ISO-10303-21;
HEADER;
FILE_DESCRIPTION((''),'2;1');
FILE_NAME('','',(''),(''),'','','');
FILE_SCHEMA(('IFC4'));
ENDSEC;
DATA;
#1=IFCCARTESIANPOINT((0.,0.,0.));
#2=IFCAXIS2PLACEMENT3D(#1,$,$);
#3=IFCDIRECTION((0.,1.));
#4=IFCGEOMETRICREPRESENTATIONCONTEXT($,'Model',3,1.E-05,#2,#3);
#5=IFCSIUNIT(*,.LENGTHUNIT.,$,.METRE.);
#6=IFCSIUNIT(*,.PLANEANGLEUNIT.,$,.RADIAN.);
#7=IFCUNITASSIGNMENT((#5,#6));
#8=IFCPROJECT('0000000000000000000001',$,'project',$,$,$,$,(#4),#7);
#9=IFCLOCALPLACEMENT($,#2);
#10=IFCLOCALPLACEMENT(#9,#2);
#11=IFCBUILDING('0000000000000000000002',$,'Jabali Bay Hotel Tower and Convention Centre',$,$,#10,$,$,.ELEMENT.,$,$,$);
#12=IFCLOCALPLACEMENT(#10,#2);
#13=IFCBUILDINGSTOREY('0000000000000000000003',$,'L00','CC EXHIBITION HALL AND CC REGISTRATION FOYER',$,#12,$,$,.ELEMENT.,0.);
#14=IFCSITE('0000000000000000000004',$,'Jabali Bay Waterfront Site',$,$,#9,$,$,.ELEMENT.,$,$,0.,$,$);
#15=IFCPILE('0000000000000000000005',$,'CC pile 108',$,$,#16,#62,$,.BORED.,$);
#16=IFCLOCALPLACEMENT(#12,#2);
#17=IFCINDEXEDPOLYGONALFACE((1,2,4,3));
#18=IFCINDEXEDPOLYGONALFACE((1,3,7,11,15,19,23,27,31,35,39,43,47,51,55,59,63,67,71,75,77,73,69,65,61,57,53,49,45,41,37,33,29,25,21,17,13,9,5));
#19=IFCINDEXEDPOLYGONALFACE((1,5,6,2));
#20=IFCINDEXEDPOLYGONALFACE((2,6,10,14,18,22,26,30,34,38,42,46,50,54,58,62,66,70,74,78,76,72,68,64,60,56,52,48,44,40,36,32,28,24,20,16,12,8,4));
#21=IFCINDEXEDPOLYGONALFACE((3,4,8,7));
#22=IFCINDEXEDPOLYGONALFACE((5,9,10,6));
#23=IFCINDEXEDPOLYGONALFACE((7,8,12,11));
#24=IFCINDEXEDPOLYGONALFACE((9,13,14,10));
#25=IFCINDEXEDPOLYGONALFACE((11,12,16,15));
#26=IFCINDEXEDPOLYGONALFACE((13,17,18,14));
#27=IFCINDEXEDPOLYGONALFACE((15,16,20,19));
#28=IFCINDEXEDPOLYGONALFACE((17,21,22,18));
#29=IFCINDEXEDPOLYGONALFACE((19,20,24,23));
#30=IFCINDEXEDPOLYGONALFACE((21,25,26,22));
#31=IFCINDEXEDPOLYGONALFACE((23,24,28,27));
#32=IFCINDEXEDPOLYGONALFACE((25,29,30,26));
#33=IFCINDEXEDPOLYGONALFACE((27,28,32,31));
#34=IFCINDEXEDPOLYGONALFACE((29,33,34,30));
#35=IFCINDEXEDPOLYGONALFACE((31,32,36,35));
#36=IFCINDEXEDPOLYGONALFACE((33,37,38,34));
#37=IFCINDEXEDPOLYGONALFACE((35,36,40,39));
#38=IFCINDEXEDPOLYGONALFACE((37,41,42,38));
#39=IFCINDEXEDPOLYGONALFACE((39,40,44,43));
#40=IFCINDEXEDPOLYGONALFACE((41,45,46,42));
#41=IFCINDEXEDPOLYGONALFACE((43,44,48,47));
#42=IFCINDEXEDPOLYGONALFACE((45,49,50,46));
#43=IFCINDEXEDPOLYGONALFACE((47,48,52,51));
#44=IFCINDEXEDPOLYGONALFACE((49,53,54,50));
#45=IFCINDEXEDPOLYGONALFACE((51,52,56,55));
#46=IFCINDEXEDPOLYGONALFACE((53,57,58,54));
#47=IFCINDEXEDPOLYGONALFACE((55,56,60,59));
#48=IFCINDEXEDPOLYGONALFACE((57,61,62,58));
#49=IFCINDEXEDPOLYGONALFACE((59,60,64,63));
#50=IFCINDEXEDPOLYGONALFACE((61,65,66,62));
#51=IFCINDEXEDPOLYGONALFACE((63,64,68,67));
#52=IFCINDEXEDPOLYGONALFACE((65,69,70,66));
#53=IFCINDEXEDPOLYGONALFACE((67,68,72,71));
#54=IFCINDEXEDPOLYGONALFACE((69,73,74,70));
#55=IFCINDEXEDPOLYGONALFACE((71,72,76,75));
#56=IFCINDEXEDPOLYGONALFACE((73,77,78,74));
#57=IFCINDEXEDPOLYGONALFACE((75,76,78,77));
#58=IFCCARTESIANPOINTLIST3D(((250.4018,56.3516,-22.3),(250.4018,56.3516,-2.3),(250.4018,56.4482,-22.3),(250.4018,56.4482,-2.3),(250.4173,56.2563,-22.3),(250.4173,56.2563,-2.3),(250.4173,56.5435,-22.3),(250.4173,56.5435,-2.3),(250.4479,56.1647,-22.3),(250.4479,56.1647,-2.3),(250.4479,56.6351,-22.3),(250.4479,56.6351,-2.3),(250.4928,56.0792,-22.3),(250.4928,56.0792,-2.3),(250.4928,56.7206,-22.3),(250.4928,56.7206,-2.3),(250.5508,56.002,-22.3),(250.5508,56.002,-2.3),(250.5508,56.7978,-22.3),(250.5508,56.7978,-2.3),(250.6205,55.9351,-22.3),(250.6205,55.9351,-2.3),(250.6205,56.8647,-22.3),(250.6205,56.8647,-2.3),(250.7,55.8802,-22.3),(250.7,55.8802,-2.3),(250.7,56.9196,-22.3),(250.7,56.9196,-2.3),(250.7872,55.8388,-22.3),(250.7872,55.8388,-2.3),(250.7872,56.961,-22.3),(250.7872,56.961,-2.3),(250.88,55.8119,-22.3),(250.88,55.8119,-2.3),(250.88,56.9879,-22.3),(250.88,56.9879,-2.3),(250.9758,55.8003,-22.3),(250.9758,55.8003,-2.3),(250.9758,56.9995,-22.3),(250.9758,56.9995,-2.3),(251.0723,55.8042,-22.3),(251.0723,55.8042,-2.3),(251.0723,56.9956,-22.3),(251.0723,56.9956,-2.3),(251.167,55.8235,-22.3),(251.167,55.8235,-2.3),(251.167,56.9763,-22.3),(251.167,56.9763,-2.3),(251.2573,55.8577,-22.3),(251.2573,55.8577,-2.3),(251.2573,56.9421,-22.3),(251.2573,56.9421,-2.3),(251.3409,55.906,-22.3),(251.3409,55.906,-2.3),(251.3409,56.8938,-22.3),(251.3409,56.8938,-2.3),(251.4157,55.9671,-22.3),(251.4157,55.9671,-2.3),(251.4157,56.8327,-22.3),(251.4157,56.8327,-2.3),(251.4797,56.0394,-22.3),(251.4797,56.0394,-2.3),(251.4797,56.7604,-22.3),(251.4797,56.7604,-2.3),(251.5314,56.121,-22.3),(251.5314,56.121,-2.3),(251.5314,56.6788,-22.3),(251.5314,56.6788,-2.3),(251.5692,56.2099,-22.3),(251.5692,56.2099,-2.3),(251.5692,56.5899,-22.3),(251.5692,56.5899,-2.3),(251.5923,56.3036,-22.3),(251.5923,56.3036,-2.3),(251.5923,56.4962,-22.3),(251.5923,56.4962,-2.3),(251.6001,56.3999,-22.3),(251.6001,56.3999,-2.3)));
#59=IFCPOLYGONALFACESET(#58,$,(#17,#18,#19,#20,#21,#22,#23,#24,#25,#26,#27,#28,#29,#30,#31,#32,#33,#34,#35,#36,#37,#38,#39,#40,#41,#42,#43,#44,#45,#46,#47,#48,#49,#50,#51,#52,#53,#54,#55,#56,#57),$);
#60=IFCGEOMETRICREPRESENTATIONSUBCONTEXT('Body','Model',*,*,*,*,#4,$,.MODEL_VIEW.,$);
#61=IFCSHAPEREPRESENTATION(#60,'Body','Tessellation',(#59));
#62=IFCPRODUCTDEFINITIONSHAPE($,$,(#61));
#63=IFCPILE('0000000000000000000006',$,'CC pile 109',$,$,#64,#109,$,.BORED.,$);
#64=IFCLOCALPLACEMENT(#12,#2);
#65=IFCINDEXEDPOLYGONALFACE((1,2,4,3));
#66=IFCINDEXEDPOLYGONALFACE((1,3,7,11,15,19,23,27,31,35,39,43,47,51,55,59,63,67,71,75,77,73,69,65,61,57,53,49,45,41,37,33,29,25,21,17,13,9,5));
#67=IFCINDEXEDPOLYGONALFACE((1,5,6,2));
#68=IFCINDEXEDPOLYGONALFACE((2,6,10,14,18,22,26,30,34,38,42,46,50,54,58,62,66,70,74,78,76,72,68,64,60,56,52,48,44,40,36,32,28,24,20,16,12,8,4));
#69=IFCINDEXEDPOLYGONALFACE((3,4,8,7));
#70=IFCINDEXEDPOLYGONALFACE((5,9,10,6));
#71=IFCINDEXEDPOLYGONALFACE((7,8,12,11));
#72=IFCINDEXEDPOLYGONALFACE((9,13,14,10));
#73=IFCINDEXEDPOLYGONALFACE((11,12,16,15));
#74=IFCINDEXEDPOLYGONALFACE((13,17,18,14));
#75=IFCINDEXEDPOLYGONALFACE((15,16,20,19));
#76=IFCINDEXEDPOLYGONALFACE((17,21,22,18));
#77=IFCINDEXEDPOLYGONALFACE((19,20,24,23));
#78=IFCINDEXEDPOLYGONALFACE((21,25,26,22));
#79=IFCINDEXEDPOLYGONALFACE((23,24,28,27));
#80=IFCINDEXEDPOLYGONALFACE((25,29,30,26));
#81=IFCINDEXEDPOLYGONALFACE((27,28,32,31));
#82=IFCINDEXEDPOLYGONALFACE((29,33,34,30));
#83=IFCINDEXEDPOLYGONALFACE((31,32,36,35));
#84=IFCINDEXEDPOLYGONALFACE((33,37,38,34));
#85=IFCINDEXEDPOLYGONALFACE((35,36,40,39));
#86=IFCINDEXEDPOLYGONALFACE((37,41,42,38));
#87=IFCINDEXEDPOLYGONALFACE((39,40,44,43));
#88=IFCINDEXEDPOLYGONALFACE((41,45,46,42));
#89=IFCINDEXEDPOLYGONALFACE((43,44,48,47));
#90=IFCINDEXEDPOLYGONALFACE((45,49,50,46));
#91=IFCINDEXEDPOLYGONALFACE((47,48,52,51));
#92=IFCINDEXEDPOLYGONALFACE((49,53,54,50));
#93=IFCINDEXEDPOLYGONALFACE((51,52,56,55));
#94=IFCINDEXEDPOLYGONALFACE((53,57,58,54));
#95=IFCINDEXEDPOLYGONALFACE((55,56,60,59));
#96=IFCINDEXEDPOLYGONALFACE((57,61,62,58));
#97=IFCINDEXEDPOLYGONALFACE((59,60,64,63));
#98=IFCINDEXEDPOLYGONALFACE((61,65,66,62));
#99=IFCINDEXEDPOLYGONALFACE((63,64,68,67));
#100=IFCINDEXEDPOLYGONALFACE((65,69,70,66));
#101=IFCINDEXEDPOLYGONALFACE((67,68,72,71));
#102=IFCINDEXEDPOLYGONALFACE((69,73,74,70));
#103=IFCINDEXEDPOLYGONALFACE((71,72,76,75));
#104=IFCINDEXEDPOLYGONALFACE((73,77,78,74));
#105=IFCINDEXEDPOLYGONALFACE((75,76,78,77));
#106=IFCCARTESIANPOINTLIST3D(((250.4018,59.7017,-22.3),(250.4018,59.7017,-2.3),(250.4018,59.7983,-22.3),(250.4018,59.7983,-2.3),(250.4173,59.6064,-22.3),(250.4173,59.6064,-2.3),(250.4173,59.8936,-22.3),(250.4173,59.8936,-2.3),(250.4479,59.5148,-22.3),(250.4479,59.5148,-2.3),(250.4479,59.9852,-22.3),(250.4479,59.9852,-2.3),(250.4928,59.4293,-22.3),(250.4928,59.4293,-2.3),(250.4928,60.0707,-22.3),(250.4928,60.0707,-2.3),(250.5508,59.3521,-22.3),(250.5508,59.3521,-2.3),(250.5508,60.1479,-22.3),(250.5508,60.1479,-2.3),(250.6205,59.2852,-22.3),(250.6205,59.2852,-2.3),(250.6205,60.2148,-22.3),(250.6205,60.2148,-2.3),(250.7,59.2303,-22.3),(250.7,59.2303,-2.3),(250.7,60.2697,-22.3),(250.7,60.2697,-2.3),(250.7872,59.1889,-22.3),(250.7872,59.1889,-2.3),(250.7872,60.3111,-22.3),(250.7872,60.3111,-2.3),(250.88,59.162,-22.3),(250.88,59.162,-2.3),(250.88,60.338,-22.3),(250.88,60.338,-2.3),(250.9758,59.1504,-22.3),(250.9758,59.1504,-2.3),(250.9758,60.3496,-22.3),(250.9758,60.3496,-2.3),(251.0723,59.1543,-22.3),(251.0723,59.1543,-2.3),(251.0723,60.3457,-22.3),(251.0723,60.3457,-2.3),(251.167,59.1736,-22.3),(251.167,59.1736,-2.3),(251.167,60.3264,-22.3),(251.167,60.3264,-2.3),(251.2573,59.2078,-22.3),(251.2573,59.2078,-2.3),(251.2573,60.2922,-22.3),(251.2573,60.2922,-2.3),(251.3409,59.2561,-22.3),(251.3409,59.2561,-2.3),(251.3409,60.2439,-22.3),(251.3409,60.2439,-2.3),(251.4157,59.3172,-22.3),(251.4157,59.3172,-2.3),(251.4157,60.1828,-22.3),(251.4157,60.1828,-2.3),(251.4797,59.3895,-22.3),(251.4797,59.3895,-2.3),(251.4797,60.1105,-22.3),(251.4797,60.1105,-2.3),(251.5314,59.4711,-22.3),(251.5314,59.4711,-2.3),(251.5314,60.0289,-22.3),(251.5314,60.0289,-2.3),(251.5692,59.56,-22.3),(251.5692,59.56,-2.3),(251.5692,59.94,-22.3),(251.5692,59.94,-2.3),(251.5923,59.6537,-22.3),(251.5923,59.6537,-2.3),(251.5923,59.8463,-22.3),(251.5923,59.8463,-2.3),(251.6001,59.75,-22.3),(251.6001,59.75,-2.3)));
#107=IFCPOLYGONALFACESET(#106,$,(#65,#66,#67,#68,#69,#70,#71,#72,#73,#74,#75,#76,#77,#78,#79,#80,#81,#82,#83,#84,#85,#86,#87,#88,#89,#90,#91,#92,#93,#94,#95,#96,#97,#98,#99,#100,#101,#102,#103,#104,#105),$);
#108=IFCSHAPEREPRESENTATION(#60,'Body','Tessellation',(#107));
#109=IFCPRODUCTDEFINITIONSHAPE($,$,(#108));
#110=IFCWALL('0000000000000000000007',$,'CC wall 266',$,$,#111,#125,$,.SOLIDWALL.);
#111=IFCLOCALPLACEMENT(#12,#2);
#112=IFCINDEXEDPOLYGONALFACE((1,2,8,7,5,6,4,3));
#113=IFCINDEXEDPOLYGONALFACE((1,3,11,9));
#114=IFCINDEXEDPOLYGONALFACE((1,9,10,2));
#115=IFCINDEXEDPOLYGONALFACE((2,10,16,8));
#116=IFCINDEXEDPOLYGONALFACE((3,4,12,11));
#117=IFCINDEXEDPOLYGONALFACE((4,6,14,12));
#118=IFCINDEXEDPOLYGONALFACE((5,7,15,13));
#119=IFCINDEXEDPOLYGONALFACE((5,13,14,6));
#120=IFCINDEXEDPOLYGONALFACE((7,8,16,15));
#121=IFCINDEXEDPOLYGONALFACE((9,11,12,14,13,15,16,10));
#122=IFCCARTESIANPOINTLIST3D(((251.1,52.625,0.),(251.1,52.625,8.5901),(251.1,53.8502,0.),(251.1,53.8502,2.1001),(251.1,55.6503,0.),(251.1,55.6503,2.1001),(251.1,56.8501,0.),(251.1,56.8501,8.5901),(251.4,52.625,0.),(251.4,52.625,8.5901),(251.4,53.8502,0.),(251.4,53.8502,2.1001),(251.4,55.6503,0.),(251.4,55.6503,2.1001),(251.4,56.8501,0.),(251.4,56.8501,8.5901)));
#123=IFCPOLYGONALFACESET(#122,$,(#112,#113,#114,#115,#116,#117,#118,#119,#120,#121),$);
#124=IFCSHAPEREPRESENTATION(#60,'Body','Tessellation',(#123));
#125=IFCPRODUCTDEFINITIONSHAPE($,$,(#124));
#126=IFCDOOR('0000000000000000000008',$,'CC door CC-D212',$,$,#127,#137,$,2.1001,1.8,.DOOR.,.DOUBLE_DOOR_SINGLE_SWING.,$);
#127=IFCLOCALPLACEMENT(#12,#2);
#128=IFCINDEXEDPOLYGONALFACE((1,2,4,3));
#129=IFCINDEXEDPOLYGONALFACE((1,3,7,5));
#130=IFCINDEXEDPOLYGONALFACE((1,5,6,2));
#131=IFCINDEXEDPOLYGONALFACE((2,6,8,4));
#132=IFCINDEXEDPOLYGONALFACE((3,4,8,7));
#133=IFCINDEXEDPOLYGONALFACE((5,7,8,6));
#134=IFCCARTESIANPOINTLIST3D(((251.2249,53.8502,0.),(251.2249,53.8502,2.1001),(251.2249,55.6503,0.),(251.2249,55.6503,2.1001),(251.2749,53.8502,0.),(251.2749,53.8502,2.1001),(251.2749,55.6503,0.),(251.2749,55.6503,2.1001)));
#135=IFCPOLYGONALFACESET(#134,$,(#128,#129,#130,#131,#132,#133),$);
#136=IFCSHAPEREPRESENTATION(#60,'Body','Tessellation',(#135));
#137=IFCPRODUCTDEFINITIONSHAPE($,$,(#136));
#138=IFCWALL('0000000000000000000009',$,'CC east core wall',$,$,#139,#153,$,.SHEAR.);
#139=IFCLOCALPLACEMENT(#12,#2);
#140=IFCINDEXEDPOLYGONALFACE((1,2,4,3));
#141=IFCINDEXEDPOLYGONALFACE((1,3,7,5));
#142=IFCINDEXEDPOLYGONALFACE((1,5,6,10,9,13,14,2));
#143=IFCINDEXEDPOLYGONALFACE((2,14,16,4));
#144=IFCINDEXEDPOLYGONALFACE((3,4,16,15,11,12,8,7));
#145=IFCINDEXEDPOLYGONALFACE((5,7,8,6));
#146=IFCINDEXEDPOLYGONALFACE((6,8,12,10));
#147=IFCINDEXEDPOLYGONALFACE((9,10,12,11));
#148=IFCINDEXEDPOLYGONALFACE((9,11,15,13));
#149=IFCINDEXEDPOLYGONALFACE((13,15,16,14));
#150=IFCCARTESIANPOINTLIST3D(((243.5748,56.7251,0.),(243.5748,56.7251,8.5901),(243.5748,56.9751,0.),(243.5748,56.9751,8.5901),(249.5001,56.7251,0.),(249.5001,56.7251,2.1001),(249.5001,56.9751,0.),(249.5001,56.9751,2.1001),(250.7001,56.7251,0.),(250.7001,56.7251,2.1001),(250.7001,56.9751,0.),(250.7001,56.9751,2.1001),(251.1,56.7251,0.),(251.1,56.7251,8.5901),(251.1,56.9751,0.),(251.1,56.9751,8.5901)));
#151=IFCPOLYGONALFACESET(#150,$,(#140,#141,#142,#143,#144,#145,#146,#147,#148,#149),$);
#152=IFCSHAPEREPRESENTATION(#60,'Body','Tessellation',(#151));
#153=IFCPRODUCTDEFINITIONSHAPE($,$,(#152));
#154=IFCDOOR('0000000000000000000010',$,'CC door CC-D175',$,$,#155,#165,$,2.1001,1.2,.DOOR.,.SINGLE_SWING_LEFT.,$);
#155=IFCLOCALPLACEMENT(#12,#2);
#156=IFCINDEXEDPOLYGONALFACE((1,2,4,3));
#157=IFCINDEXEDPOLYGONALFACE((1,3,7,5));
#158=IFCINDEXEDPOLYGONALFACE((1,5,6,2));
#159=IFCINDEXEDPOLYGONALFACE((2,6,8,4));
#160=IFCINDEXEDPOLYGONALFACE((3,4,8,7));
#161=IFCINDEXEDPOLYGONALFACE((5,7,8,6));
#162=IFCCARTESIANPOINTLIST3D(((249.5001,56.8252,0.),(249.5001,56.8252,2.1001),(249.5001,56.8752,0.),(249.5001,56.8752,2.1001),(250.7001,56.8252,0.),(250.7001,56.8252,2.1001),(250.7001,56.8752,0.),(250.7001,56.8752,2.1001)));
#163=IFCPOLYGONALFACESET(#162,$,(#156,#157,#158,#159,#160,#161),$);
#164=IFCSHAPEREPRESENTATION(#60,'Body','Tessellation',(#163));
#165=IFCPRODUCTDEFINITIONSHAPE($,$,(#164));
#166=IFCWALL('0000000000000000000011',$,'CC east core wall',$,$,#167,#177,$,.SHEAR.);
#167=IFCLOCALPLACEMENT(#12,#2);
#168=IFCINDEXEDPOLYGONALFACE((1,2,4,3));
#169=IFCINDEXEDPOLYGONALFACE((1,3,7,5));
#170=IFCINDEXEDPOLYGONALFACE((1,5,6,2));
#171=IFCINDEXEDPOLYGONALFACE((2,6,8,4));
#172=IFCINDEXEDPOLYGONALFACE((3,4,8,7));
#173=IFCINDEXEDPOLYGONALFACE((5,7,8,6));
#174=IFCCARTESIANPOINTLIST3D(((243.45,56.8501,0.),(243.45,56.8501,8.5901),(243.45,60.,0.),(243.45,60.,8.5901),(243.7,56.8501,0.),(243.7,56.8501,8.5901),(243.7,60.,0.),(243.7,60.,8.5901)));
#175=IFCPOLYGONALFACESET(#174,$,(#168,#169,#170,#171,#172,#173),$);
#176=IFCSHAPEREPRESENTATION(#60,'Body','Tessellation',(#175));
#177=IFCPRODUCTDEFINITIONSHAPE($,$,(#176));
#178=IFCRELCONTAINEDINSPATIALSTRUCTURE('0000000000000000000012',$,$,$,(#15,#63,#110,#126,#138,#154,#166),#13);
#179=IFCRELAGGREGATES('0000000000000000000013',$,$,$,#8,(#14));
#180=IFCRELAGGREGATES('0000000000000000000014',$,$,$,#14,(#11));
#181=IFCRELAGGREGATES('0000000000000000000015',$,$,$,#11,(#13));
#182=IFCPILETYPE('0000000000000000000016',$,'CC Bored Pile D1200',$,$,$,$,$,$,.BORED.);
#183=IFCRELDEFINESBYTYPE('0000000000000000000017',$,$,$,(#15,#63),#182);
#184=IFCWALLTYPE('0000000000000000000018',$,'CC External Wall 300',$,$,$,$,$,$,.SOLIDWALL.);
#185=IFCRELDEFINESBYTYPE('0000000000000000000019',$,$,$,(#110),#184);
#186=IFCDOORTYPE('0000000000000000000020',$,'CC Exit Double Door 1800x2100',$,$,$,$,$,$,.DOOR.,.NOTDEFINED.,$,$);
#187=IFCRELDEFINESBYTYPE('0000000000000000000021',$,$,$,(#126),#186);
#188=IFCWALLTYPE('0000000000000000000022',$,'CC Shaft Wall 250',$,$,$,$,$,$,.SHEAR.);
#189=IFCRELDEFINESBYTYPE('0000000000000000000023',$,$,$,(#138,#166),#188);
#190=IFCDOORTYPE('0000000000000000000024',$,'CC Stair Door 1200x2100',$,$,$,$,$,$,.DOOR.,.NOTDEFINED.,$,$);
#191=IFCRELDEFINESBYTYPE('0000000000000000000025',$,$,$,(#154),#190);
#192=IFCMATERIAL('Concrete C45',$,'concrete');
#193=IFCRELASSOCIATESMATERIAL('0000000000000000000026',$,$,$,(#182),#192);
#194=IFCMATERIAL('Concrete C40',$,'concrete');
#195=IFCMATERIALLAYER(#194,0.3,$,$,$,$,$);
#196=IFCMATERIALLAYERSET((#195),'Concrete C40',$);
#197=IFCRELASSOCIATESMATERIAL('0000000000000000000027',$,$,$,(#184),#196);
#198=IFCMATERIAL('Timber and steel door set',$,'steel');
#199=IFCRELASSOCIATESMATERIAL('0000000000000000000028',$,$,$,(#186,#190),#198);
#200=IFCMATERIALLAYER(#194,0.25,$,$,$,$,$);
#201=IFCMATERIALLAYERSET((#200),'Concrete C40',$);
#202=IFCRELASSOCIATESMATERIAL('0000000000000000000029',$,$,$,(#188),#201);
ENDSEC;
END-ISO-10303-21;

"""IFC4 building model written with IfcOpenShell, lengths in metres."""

from ifc_helpers import new_model, si_unit, direction, frame, frame_2d, origin, origin_2d, place, context, subcontext, project, spatial, rectangle, circle, extrude, material, layer, layer_set, material_profile, profile_set, type_object, element, fill, save


model = new_model("IFC4")

# Units and contexts
model_context = context("Model", 3, precision=1e-05, world=origin(), true_north=direction((0.0, 1.0)))
body_context = subcontext(model_context, "Body", "Model", "MODEL_VIEW")
ifc_project = project(units=[si_unit("LENGTHUNIT", "METRE"), si_unit("PLANEANGLEUNIT", "RADIAN")], contexts=[model_context])

# Site, building, storey
site_placement = place(None, origin())
site = spatial("IfcSite", under=ifc_project, at=site_placement, Name="Jabali Bay Waterfront Site", CompositionType="ELEMENT", RefElevation=0.0)
building_placement = place(site_placement, origin())
building = spatial("IfcBuilding", under=site, at=building_placement, Name="Jabali Bay Hotel Tower and Convention Centre", CompositionType="ELEMENT")
storey_placement = place(building_placement, origin())
storey = spatial("IfcBuildingStorey", under=building, at=storey_placement, Name="L00", Description="CC EXHIBITION HALL AND CC REGISTRATION FOYER", CompositionType="ELEMENT", Elevation=0.0)

# Piles
ifc_material_1 = material(Name="Concrete C45", Category="concrete")
ifc_material_profile = material_profile(ifc_material_1, circle(Radius=0.6001, at=origin_2d()), Name="D1200")
ifc_profile_set = profile_set([ifc_material_profile], Name="Concrete C45")
pile_type = type_object("IfcPileType", Name="CC Bored Pile D1200", PredefinedType="BORED", material=ifc_profile_set)
for number, where, z_axis, x_axis, name in (
    (1, (251.0, 56.3999, -2.3), (0.0, 0.0, -1.0), (1.0, 0.0, 0.0), "CC pile 108"),
    (2, (251.0, 59.75, -2.3), (0.0, 0.0, -1.0), (1.0, 0.0, 0.0), "CC pile 109"),
):
    element("IfcPile", number, at=place(storey_placement, frame(where, z_axis=z_axis, x_axis=x_axis)), inside=storey, type_object=pile_type, Name=name, PredefinedType="BORED", context=body_context, shape_type="SweptSolid", body=[
        extrude(circle(Radius=0.6001, at=origin_2d()), origin(), (0.0, 0.0, 1.0), 20.0),
    ])

# Walls, openings, doors
ifc_material_2 = material(Name="Concrete C40", Category="concrete")
ifc_layer_1 = layer(ifc_material_2, 0.3)
ifc_layer_set_1 = layer_set([ifc_layer_1], Name="Concrete C40")
wall_type_1 = type_object("IfcWallType", Name="CC External Wall 300", PredefinedType="SOLIDWALL", material=ifc_layer_set_1)
wall_1_placement = place(storey_placement, frame((251.25, 56.8501, 0.0), z_axis=(0.0, 0.0, 1.0), x_axis=(0.0, -1.0, 0.0)))
wall_1 = element("IfcWall", 3, at=wall_1_placement, inside=storey, type_object=wall_type_1, Name="CC wall 266", PredefinedType="SOLIDWALL", context=body_context, shape_type="SweptSolid", body=[
    extrude(rectangle(XDim=4.2251, YDim=0.3, at=frame_2d((2.1125, 0.0))), origin(), (0.0, 0.0, 1.0), 8.5901),
])
opening_1_placement = place(wall_1_placement, frame((1.2, 0.0, 0.0)))
opening_1 = element("IfcOpeningElement", 4, at=opening_1_placement, cuts=wall_1, PredefinedType="OPENING", context=body_context, shape_type="SweptSolid", body=[
    extrude(rectangle(XDim=1.8, YDim=2.1001, at=frame_2d((0.8999, 1.05))), frame((0.0, 0.1606, 0.0), z_axis=(0.0, -1.0, 0.0), x_axis=(1.0, 0.0, 0.0)), (0.0, 0.0, 1.0), 0.321),
])
ifc_material_3 = material(Name="Timber and steel door set", Category="steel")
door_type_1 = type_object("IfcDoorType", Name="CC Exit Double Door 1800x2100", OperationType="NOTDEFINED", PredefinedType="DOOR", material=ifc_material_3)
door_1_placement = place(opening_1_placement, origin())
door_1 = element("IfcDoor", 5, at=door_1_placement, inside=storey, type_object=door_type_1, Name="CC door CC-D212", OperationType="DOUBLE_DOOR_SINGLE_SWING", OverallHeight=2.1001, OverallWidth=1.8, PredefinedType="DOOR", context=body_context, shape_type="SweptSolid", body=[
    extrude(rectangle(XDim=1.8, YDim=2.1001, at=frame_2d((0.8999, 1.05))), frame((0.0, 0.0249, 0.0), z_axis=(0.0, -1.0, 0.0), x_axis=(1.0, 0.0, 0.0)), (0.0, 0.0, 1.0), 0.05),
])
fill(opening_1, door_1)
ifc_layer_2 = layer(ifc_material_2, 0.25)
ifc_layer_set_2 = layer_set([ifc_layer_2], Name="Concrete C40")
wall_type_2 = type_object("IfcWallType", Name="CC Shaft Wall 250", PredefinedType="SHEAR", material=ifc_layer_set_2)
wall_2_placement = place(storey_placement, frame((251.1001, 56.8501, 0.0), z_axis=(0.0, 0.0, 1.0), x_axis=(-1.0, 0.0, 0.0)))
wall_2 = element("IfcWall", 6, at=wall_2_placement, inside=storey, type_object=wall_type_2, Name="CC east core wall", PredefinedType="SHEAR", context=body_context, shape_type="SweptSolid", body=[
    extrude(rectangle(XDim=7.5251, YDim=0.25, at=frame_2d((3.7627, 0.0))), origin(), (0.0, 0.0, 1.0), 8.5901),
])
opening_2_placement = place(wall_2_placement, frame((0.3999, 0.0, 0.0)))
opening_2 = element("IfcOpeningElement", 7, at=opening_2_placement, cuts=wall_2, PredefinedType="OPENING", context=body_context, shape_type="SweptSolid", body=[
    extrude(rectangle(XDim=1.2, YDim=2.1001, at=frame_2d((0.6001, 1.05))), frame((0.0, 0.1355, 0.0), z_axis=(0.0, -1.0, 0.0), x_axis=(1.0, 0.0, 0.0)), (0.0, 0.0, 1.0), 0.271),
])
door_type_2 = type_object("IfcDoorType", Name="CC Stair Door 1200x2100", OperationType="NOTDEFINED", PredefinedType="DOOR", material=ifc_material_3)
door_2_placement = place(opening_2_placement, origin())
door_2 = element("IfcDoor", 8, at=door_2_placement, inside=storey, type_object=door_type_2, Name="CC door CC-D175", OperationType="SINGLE_SWING_LEFT", OverallHeight=2.1001, OverallWidth=1.2, PredefinedType="DOOR", context=body_context, shape_type="SweptSolid", body=[
    extrude(rectangle(XDim=1.2, YDim=2.1001, at=frame_2d((0.6001, 1.05))), frame((0.0, 0.0249, 0.0), z_axis=(0.0, -1.0, 0.0), x_axis=(1.0, 0.0, 0.0)), (0.0, 0.0, 1.0), 0.05),
])
fill(opening_2, door_2)

# Wall
wall_3_placement = place(storey_placement, frame((243.575, 56.8501, 0.0), z_axis=(0.0, 0.0, 1.0), x_axis=(0.0, 1.0, 0.0)))
element("IfcWall", 9, at=wall_3_placement, inside=storey, type_object=wall_type_2, Name="CC east core wall", PredefinedType="SHEAR", context=body_context, shape_type="SweptSolid", body=[
    extrude(rectangle(XDim=3.1499, YDim=0.25, at=frame_2d((1.575, 0.0))), origin(), (0.0, 0.0, 1.0), 8.5901),
])

save(model, "model.ifc")
